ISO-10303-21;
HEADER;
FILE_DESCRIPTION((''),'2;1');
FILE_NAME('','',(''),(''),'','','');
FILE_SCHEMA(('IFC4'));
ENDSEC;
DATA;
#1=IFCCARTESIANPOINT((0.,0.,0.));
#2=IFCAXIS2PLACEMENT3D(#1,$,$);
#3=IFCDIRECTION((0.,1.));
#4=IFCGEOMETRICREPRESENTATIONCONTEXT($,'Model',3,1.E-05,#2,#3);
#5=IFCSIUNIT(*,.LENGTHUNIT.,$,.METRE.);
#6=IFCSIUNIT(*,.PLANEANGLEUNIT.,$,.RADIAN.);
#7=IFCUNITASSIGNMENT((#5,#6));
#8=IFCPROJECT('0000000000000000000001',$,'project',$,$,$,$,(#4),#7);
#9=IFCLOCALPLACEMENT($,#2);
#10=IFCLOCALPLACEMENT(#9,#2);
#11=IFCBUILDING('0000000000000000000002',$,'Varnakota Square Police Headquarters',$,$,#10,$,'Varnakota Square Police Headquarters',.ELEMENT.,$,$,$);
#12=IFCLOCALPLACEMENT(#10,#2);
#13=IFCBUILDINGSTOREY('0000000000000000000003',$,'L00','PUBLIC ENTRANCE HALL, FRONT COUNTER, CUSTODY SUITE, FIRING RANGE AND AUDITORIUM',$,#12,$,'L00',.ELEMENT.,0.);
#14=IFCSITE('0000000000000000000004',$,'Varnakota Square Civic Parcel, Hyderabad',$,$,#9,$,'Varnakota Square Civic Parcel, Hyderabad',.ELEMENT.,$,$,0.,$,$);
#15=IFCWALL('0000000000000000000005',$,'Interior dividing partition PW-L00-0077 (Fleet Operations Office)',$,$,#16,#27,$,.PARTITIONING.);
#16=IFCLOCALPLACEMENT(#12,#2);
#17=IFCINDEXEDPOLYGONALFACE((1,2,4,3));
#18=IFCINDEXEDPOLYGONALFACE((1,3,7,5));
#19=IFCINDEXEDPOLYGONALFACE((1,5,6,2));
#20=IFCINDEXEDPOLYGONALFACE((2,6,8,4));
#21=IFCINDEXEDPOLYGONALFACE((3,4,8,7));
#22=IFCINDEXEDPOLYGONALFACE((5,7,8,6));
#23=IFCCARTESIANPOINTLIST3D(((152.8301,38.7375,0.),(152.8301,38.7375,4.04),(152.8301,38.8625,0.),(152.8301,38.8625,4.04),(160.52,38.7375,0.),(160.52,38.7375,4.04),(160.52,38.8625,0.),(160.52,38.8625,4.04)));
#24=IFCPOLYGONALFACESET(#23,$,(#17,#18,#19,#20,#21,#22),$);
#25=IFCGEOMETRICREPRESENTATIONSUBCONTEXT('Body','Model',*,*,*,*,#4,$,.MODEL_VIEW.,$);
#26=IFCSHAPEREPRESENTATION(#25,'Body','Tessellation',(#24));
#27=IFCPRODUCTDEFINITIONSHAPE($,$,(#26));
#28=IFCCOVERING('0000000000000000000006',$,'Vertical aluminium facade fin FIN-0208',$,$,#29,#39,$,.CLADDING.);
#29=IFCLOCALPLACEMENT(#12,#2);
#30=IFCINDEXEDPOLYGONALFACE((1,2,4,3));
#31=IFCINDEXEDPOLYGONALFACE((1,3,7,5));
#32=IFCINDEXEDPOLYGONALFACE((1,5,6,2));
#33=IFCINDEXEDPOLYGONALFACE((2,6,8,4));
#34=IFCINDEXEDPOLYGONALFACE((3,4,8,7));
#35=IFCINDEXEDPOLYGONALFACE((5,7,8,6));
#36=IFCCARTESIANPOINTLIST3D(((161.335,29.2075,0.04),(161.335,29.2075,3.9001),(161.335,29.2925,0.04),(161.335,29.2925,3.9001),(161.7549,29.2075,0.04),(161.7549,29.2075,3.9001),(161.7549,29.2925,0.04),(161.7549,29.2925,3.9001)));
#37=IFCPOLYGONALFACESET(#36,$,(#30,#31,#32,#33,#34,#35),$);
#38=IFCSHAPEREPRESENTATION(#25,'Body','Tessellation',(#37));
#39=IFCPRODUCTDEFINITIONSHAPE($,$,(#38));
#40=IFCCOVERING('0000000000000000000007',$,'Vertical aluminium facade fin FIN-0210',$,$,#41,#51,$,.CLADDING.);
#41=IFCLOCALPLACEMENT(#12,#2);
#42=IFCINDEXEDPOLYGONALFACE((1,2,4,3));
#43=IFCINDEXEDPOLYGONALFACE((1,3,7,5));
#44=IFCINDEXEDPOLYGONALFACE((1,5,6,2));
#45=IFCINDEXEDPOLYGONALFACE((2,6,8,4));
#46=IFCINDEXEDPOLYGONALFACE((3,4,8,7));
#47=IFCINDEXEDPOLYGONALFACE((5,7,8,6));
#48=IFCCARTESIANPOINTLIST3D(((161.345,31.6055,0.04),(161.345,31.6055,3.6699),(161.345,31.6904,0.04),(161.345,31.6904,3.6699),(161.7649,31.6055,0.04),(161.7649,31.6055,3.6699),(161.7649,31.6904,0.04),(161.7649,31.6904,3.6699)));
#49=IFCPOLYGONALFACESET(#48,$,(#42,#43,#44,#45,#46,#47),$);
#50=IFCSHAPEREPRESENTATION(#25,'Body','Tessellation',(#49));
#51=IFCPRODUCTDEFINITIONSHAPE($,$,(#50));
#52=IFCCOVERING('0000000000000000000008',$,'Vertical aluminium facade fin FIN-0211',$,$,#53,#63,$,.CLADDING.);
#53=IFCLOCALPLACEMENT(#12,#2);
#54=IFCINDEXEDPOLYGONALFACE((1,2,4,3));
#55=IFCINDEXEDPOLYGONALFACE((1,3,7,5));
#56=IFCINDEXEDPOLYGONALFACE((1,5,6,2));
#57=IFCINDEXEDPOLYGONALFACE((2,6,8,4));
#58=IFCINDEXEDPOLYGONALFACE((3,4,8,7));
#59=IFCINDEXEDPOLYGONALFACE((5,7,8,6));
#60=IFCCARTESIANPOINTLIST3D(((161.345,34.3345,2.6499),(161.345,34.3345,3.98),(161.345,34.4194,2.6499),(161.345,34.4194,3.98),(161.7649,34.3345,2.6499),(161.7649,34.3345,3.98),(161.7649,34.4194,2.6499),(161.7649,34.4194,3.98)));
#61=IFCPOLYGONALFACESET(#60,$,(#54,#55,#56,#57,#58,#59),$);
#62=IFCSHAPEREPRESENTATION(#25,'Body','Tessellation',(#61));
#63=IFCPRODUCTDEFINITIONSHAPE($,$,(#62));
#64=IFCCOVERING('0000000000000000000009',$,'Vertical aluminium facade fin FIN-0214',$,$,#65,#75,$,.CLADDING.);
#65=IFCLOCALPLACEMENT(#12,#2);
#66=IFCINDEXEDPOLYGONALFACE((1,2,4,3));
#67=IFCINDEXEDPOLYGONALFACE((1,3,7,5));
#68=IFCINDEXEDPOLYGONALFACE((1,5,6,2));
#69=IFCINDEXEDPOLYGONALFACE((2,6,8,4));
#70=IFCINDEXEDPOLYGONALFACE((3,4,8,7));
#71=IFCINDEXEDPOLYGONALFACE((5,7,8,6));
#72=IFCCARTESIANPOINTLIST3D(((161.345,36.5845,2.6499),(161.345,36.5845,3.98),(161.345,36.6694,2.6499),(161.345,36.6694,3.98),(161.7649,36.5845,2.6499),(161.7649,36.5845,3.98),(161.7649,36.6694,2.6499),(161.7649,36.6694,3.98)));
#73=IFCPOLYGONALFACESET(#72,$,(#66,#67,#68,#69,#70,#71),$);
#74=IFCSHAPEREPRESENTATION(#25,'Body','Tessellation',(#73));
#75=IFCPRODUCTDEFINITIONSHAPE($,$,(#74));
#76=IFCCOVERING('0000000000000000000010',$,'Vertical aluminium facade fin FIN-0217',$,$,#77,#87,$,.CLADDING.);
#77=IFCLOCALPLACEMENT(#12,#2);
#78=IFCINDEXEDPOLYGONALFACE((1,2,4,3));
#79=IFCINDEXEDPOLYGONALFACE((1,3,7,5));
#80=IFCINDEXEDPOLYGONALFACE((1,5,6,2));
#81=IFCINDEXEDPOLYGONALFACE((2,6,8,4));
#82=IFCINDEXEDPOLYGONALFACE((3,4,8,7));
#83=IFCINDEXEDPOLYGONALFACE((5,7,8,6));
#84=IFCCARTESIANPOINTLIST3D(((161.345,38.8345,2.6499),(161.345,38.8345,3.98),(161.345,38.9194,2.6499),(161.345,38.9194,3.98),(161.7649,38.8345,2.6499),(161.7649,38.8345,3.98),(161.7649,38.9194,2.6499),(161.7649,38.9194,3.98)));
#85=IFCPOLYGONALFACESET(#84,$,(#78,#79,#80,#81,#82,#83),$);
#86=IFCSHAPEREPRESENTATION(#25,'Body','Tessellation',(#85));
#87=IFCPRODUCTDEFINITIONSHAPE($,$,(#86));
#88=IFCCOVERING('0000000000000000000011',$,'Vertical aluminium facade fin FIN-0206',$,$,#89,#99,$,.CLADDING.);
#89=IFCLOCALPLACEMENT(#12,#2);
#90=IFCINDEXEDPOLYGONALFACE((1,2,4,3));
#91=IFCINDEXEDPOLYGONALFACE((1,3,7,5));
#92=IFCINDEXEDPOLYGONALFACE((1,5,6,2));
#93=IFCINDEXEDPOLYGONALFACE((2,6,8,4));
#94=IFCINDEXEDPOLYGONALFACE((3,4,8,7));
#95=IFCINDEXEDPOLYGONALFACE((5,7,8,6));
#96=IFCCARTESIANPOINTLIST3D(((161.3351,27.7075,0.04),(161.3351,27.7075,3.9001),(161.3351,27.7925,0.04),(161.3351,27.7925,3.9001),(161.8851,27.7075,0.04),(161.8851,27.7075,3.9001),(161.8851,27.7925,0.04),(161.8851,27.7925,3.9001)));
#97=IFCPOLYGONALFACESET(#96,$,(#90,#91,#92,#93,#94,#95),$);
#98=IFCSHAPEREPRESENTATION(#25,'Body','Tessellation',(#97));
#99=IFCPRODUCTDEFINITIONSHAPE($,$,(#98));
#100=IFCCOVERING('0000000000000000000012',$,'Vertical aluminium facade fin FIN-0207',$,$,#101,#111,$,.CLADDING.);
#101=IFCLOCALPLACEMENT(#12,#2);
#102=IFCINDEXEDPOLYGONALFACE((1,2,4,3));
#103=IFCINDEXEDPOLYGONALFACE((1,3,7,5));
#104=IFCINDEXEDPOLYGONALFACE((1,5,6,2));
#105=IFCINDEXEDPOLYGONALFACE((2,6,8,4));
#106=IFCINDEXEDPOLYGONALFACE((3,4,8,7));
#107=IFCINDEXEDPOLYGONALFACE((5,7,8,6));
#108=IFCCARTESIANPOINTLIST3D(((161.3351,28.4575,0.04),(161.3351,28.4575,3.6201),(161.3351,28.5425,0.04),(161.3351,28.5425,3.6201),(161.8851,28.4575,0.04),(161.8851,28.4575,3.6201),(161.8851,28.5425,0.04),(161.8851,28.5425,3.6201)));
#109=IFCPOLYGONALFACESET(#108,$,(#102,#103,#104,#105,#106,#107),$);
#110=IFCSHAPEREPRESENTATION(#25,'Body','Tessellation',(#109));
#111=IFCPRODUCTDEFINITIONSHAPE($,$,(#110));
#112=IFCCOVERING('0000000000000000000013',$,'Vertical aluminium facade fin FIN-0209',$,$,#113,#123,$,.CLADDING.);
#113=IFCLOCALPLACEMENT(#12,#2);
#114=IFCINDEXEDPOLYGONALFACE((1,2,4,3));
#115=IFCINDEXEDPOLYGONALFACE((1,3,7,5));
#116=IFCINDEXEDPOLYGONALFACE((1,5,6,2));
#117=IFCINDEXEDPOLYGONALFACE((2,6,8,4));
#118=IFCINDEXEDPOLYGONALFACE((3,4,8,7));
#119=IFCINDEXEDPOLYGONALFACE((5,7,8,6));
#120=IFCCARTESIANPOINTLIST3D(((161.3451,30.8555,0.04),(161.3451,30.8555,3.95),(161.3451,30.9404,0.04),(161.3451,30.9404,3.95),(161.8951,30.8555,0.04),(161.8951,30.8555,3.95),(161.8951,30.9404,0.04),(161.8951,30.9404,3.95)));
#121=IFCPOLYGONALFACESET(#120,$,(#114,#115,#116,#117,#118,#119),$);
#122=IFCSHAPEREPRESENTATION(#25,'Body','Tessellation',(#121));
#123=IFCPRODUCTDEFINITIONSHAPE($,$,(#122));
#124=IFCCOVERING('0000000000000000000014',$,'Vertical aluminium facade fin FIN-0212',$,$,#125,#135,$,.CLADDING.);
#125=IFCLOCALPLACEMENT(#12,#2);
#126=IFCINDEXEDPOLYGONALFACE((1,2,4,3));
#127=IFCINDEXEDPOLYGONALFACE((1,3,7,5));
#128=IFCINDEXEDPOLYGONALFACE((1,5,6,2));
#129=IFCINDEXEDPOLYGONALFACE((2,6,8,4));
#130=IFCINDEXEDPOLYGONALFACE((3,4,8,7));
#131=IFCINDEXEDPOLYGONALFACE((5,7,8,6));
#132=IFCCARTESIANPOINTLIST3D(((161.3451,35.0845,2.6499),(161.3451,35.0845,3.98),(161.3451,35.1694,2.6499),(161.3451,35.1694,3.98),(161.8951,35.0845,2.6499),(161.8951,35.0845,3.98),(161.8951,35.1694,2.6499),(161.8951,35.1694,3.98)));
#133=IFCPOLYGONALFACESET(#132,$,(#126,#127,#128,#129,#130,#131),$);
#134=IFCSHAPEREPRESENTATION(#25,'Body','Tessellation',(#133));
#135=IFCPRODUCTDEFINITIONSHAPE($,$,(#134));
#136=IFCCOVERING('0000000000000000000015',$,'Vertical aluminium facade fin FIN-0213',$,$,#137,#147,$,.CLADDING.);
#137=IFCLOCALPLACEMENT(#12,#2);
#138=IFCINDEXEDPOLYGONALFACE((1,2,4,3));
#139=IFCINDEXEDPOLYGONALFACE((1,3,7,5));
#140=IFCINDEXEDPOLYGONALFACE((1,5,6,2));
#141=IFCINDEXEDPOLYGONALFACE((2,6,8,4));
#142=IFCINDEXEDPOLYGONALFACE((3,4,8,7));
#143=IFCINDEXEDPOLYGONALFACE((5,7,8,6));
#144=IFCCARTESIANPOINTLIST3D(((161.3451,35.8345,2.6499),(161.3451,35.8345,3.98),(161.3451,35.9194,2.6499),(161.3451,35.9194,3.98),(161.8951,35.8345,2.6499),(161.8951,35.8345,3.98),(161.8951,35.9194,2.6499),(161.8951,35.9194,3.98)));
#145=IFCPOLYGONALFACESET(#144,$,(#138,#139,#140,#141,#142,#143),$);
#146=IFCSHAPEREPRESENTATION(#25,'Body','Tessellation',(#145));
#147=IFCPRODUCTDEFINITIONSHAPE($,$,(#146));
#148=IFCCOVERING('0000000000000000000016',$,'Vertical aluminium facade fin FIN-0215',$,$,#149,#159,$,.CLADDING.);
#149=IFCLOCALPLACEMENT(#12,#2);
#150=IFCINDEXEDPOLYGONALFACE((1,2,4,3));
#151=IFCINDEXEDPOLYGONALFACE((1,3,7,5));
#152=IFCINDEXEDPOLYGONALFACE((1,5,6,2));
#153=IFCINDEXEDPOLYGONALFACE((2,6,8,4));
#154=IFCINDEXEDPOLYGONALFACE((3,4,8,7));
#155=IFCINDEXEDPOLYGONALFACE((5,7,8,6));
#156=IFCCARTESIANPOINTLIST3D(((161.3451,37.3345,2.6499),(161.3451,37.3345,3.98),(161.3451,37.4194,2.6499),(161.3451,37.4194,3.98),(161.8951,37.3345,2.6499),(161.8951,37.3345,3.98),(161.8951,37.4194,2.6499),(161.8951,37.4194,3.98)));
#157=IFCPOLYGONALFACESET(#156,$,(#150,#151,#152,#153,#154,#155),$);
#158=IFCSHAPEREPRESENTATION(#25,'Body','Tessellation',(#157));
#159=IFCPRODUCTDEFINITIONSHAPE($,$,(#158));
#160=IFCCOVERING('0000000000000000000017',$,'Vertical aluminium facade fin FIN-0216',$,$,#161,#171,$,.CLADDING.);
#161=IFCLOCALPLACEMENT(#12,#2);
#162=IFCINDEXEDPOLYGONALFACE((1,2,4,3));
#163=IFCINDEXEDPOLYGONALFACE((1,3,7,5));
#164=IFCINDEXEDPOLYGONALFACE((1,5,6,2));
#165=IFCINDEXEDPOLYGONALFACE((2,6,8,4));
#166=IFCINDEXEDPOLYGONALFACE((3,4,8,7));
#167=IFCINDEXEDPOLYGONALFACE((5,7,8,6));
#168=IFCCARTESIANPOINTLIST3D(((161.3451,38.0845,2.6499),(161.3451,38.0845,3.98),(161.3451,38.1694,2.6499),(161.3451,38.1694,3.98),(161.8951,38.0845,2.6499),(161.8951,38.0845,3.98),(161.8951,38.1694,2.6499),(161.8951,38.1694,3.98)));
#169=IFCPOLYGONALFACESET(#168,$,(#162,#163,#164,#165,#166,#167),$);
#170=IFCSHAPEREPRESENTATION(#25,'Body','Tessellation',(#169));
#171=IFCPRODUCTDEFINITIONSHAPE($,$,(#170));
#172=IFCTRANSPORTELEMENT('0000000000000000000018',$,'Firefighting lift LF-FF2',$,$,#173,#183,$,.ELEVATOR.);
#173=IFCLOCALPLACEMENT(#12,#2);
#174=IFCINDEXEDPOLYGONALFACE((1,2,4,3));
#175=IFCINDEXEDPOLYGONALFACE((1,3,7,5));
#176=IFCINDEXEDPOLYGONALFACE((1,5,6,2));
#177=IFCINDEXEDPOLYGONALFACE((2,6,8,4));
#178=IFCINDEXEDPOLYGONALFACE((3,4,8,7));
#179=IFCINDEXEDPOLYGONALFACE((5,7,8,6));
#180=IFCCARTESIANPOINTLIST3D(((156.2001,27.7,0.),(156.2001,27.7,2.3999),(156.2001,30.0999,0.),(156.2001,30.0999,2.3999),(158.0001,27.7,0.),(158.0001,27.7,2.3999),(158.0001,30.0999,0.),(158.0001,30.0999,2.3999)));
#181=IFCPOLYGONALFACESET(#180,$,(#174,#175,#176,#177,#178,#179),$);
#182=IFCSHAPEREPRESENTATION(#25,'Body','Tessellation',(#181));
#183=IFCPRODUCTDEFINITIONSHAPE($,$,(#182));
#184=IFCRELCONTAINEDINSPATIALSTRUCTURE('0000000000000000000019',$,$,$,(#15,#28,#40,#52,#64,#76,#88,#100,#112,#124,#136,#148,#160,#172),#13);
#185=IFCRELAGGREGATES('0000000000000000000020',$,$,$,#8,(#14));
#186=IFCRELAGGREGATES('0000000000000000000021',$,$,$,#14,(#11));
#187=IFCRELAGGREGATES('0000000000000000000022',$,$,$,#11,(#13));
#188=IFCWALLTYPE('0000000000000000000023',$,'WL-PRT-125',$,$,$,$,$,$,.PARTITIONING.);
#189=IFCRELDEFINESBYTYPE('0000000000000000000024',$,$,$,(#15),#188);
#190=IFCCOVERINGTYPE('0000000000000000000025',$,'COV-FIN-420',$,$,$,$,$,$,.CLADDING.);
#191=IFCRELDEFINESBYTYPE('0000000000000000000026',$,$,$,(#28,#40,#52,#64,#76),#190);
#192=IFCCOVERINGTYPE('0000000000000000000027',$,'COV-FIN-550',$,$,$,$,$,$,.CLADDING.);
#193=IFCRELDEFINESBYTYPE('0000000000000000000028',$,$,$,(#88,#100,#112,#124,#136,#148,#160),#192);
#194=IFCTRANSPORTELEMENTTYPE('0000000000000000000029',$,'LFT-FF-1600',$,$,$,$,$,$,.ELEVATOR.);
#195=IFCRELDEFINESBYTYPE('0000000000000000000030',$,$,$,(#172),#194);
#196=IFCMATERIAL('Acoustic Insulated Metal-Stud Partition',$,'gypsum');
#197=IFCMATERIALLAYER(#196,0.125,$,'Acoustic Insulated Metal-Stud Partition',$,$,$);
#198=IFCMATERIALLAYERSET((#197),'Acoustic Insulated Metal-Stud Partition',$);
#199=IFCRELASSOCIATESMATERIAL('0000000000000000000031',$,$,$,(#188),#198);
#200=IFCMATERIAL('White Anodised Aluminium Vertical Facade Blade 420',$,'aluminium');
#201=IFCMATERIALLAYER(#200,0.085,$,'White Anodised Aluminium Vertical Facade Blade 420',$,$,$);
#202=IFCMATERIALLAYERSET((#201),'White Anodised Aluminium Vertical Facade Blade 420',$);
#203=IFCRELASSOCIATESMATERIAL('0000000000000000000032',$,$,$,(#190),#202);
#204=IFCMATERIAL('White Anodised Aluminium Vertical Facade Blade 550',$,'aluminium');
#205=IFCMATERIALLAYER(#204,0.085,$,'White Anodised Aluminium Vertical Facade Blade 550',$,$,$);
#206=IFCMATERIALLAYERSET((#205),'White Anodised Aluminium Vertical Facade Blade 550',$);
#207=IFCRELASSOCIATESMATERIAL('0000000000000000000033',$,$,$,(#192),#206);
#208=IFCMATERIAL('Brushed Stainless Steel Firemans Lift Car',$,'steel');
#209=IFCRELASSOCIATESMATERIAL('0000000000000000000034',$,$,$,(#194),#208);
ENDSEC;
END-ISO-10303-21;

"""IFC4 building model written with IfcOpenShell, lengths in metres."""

from ifc_helpers import new_model, si_unit, direction, frame, frame_2d, origin, origin_2d, place, context, subcontext, project, spatial, rectangle, extrude, material, layer, layer_set, type_object, element, save


model = new_model("IFC4")

# Units and contexts
model_context = context("Model", 3, precision=1e-05, world=origin(), true_north=direction((0.0, 1.0)))
body_context = subcontext(model_context, "Body", "Model", "MODEL_VIEW")
ifc_project = project(units=[si_unit("LENGTHUNIT", "METRE"), si_unit("PLANEANGLEUNIT", "RADIAN")], contexts=[model_context])

# Site, building, storey
site_placement = place(None, origin())
site = spatial("IfcSite", under=ifc_project, at=site_placement, Name="Varnakota Square Civic Parcel, Hyderabad", LongName="Varnakota Square Civic Parcel, Hyderabad", CompositionType="ELEMENT", RefElevation=0.0)
building_placement = place(site_placement, origin())
building = spatial("IfcBuilding", under=site, at=building_placement, Name="Varnakota Square Police Headquarters", LongName="Varnakota Square Police Headquarters", CompositionType="ELEMENT")
storey_placement = place(building_placement, origin())
storey = spatial("IfcBuildingStorey", under=building, at=storey_placement, Name="L00", Description="PUBLIC ENTRANCE HALL, FRONT COUNTER, CUSTODY SUITE, FIRING RANGE AND AUDITORIUM", LongName="L00", CompositionType="ELEMENT", Elevation=0.0)

# Wall
ifc_material_1 = material(Name="Acoustic Insulated Metal-Stud Partition", Category="gypsum")
ifc_layer_1 = layer(ifc_material_1, 0.125, Name="Acoustic Insulated Metal-Stud Partition")
ifc_layer_set_1 = layer_set([ifc_layer_1], Name="Acoustic Insulated Metal-Stud Partition")
wall_type_1 = type_object("IfcWallType", Name="WL-PRT-125", PredefinedType="PARTITIONING", material=ifc_layer_set_1)
wall_1_placement = place(storey_placement, frame((160.52, 38.8, 0.0), z_axis=(0.0, 0.0, 1.0), x_axis=(-1.0, 0.0, 0.0)))
element("IfcWall", 1, at=wall_1_placement, inside=storey, type_object=wall_type_1, Name="Interior dividing partition PW-L00-0077 (Fleet Operations Office)", PredefinedType="PARTITIONING", context=body_context, shape_type="SweptSolid", body=[
    extrude(rectangle(XDim=7.6899, YDim=0.125, at=frame_2d((3.845, 0.0))), origin(), (0.0, 0.0, 1.0), 4.04),
])

# Coverings
ifc_material_2 = material(Name="White Anodised Aluminium Vertical Facade Blade 420", Category="aluminium")
ifc_layer_2 = layer(ifc_material_2, 0.085, Name="White Anodised Aluminium Vertical Facade Blade 420")
ifc_layer_set_2 = layer_set([ifc_layer_2], Name="White Anodised Aluminium Vertical Facade Blade 420")
covering_type_1 = type_object("IfcCoveringType", Name="COV-FIN-420", PredefinedType="CLADDING", material=ifc_layer_set_2)
covering_1_placement = place(storey_placement, frame((161.5449, 29.25, 0.04), z_axis=(0.0, 0.0, 1.0), x_axis=(0.0, 1.0, 0.0)))
element("IfcCovering", 2, at=covering_1_placement, inside=storey, type_object=covering_type_1, Name="Vertical aluminium facade fin FIN-0208", PredefinedType="CLADDING", context=body_context, shape_type="SweptSolid", body=[
    extrude(rectangle(XDim=0.085, YDim=0.4199, at=origin_2d()), origin(), (0.0, 0.0, 1.0), 3.8601),
])
covering_2_placement = place(storey_placement, frame((161.5549, 31.6479, 0.04), z_axis=(0.0, 0.0, 1.0), x_axis=(0.0, 1.0, 0.0)))
element("IfcCovering", 3, at=covering_2_placement, inside=storey, type_object=covering_type_1, Name="Vertical aluminium facade fin FIN-0210", PredefinedType="CLADDING", context=body_context, shape_type="SweptSolid", body=[
    extrude(rectangle(XDim=0.085, YDim=0.4199, at=origin_2d()), origin(), (0.0, 0.0, 1.0), 3.6299),
])
for number, where, z_axis, x_axis, name in (
    (4, (161.5549, 34.377, 2.6499), (0.0, 0.0, 1.0), (0.0, 1.0, 0.0), "Vertical aluminium facade fin FIN-0211"),
    (5, (161.5549, 36.627, 2.6499), (0.0, 0.0, 1.0), (0.0, 1.0, 0.0), "Vertical aluminium facade fin FIN-0214"),
    (6, (161.5549, 38.877, 2.6499), (0.0, 0.0, 1.0), (0.0, 1.0, 0.0), "Vertical aluminium facade fin FIN-0217"),
):
    element("IfcCovering", number, at=place(storey_placement, frame(where, z_axis=z_axis, x_axis=x_axis)), inside=storey, type_object=covering_type_1, Name=name, PredefinedType="CLADDING", context=body_context, shape_type="SweptSolid", body=[
        extrude(rectangle(XDim=0.085, YDim=0.4199, at=origin_2d()), origin(), (0.0, 0.0, 1.0), 1.3301),
    ])
ifc_material_3 = material(Name="White Anodised Aluminium Vertical Facade Blade 550", Category="aluminium")
ifc_layer_3 = layer(ifc_material_3, 0.085, Name="White Anodised Aluminium Vertical Facade Blade 550")
ifc_layer_set_3 = layer_set([ifc_layer_3], Name="White Anodised Aluminium Vertical Facade Blade 550")
covering_type_2 = type_object("IfcCoveringType", Name="COV-FIN-550", PredefinedType="CLADDING", material=ifc_layer_set_3)
covering_3_placement = place(storey_placement, frame((161.6101, 27.75, 0.04), z_axis=(0.0, 0.0, 1.0), x_axis=(0.0, 1.0, 0.0)))
element("IfcCovering", 7, at=covering_3_placement, inside=storey, type_object=covering_type_2, Name="Vertical aluminium facade fin FIN-0206", PredefinedType="CLADDING", context=body_context, shape_type="SweptSolid", body=[
    extrude(rectangle(XDim=0.085, YDim=0.55, at=origin_2d()), origin(), (0.0, 0.0, 1.0), 3.8601),
])
covering_4_placement = place(storey_placement, frame((161.6101, 28.5, 0.04), z_axis=(0.0, 0.0, 1.0), x_axis=(0.0, 1.0, 0.0)))
element("IfcCovering", 8, at=covering_4_placement, inside=storey, type_object=covering_type_2, Name="Vertical aluminium facade fin FIN-0207", PredefinedType="CLADDING", context=body_context, shape_type="SweptSolid", body=[
    extrude(rectangle(XDim=0.085, YDim=0.55, at=origin_2d()), origin(), (0.0, 0.0, 1.0), 3.5801),
])
covering_5_placement = place(storey_placement, frame((161.6201, 30.8979, 0.04), z_axis=(0.0, 0.0, 1.0), x_axis=(0.0, 1.0, 0.0)))
element("IfcCovering", 9, at=covering_5_placement, inside=storey, type_object=covering_type_2, Name="Vertical aluminium facade fin FIN-0209", PredefinedType="CLADDING", context=body_context, shape_type="SweptSolid", body=[
    extrude(rectangle(XDim=0.085, YDim=0.55, at=origin_2d()), origin(), (0.0, 0.0, 1.0), 3.9099),
])
for number, where, z_axis, x_axis, name in (
    (10, (161.6201, 35.127, 2.6499), (0.0, 0.0, 1.0), (0.0, 1.0, 0.0), "Vertical aluminium facade fin FIN-0212"),
    (11, (161.6201, 35.877, 2.6499), (0.0, 0.0, 1.0), (0.0, 1.0, 0.0), "Vertical aluminium facade fin FIN-0213"),
    (12, (161.6201, 37.377, 2.6499), (0.0, 0.0, 1.0), (0.0, 1.0, 0.0), "Vertical aluminium facade fin FIN-0215"),
    (13, (161.6201, 38.127, 2.6499), (0.0, 0.0, 1.0), (0.0, 1.0, 0.0), "Vertical aluminium facade fin FIN-0216"),
):
    element("IfcCovering", number, at=place(storey_placement, frame(where, z_axis=z_axis, x_axis=x_axis)), inside=storey, type_object=covering_type_2, Name=name, PredefinedType="CLADDING", context=body_context, shape_type="SweptSolid", body=[
        extrude(rectangle(XDim=0.085, YDim=0.55, at=origin_2d()), origin(), (0.0, 0.0, 1.0), 1.3301),
    ])

# Transport element
ifc_material_4 = material(Name="Brushed Stainless Steel Firemans Lift Car", Category="steel")
transport_element_type = type_object("IfcTransportElementType", Name="LFT-FF-1600", PredefinedType="ELEVATOR", material=ifc_material_4)
transport_element_placement = place(storey_placement, frame((157.1001, 28.8999, 0.0), z_axis=(0.0, 0.0, 1.0), x_axis=(1.0, 0.0, 0.0)))
element("IfcTransportElement", 14, at=transport_element_placement, inside=storey, type_object=transport_element_type, Name="Firefighting lift LF-FF2", PredefinedType="ELEVATOR", context=body_context, shape_type="SweptSolid", body=[
    extrude(rectangle(XDim=1.8, YDim=2.3999, at=origin_2d()), origin(), (0.0, 0.0, 1.0), 2.3999),
])

save(model, "model.ifc")
